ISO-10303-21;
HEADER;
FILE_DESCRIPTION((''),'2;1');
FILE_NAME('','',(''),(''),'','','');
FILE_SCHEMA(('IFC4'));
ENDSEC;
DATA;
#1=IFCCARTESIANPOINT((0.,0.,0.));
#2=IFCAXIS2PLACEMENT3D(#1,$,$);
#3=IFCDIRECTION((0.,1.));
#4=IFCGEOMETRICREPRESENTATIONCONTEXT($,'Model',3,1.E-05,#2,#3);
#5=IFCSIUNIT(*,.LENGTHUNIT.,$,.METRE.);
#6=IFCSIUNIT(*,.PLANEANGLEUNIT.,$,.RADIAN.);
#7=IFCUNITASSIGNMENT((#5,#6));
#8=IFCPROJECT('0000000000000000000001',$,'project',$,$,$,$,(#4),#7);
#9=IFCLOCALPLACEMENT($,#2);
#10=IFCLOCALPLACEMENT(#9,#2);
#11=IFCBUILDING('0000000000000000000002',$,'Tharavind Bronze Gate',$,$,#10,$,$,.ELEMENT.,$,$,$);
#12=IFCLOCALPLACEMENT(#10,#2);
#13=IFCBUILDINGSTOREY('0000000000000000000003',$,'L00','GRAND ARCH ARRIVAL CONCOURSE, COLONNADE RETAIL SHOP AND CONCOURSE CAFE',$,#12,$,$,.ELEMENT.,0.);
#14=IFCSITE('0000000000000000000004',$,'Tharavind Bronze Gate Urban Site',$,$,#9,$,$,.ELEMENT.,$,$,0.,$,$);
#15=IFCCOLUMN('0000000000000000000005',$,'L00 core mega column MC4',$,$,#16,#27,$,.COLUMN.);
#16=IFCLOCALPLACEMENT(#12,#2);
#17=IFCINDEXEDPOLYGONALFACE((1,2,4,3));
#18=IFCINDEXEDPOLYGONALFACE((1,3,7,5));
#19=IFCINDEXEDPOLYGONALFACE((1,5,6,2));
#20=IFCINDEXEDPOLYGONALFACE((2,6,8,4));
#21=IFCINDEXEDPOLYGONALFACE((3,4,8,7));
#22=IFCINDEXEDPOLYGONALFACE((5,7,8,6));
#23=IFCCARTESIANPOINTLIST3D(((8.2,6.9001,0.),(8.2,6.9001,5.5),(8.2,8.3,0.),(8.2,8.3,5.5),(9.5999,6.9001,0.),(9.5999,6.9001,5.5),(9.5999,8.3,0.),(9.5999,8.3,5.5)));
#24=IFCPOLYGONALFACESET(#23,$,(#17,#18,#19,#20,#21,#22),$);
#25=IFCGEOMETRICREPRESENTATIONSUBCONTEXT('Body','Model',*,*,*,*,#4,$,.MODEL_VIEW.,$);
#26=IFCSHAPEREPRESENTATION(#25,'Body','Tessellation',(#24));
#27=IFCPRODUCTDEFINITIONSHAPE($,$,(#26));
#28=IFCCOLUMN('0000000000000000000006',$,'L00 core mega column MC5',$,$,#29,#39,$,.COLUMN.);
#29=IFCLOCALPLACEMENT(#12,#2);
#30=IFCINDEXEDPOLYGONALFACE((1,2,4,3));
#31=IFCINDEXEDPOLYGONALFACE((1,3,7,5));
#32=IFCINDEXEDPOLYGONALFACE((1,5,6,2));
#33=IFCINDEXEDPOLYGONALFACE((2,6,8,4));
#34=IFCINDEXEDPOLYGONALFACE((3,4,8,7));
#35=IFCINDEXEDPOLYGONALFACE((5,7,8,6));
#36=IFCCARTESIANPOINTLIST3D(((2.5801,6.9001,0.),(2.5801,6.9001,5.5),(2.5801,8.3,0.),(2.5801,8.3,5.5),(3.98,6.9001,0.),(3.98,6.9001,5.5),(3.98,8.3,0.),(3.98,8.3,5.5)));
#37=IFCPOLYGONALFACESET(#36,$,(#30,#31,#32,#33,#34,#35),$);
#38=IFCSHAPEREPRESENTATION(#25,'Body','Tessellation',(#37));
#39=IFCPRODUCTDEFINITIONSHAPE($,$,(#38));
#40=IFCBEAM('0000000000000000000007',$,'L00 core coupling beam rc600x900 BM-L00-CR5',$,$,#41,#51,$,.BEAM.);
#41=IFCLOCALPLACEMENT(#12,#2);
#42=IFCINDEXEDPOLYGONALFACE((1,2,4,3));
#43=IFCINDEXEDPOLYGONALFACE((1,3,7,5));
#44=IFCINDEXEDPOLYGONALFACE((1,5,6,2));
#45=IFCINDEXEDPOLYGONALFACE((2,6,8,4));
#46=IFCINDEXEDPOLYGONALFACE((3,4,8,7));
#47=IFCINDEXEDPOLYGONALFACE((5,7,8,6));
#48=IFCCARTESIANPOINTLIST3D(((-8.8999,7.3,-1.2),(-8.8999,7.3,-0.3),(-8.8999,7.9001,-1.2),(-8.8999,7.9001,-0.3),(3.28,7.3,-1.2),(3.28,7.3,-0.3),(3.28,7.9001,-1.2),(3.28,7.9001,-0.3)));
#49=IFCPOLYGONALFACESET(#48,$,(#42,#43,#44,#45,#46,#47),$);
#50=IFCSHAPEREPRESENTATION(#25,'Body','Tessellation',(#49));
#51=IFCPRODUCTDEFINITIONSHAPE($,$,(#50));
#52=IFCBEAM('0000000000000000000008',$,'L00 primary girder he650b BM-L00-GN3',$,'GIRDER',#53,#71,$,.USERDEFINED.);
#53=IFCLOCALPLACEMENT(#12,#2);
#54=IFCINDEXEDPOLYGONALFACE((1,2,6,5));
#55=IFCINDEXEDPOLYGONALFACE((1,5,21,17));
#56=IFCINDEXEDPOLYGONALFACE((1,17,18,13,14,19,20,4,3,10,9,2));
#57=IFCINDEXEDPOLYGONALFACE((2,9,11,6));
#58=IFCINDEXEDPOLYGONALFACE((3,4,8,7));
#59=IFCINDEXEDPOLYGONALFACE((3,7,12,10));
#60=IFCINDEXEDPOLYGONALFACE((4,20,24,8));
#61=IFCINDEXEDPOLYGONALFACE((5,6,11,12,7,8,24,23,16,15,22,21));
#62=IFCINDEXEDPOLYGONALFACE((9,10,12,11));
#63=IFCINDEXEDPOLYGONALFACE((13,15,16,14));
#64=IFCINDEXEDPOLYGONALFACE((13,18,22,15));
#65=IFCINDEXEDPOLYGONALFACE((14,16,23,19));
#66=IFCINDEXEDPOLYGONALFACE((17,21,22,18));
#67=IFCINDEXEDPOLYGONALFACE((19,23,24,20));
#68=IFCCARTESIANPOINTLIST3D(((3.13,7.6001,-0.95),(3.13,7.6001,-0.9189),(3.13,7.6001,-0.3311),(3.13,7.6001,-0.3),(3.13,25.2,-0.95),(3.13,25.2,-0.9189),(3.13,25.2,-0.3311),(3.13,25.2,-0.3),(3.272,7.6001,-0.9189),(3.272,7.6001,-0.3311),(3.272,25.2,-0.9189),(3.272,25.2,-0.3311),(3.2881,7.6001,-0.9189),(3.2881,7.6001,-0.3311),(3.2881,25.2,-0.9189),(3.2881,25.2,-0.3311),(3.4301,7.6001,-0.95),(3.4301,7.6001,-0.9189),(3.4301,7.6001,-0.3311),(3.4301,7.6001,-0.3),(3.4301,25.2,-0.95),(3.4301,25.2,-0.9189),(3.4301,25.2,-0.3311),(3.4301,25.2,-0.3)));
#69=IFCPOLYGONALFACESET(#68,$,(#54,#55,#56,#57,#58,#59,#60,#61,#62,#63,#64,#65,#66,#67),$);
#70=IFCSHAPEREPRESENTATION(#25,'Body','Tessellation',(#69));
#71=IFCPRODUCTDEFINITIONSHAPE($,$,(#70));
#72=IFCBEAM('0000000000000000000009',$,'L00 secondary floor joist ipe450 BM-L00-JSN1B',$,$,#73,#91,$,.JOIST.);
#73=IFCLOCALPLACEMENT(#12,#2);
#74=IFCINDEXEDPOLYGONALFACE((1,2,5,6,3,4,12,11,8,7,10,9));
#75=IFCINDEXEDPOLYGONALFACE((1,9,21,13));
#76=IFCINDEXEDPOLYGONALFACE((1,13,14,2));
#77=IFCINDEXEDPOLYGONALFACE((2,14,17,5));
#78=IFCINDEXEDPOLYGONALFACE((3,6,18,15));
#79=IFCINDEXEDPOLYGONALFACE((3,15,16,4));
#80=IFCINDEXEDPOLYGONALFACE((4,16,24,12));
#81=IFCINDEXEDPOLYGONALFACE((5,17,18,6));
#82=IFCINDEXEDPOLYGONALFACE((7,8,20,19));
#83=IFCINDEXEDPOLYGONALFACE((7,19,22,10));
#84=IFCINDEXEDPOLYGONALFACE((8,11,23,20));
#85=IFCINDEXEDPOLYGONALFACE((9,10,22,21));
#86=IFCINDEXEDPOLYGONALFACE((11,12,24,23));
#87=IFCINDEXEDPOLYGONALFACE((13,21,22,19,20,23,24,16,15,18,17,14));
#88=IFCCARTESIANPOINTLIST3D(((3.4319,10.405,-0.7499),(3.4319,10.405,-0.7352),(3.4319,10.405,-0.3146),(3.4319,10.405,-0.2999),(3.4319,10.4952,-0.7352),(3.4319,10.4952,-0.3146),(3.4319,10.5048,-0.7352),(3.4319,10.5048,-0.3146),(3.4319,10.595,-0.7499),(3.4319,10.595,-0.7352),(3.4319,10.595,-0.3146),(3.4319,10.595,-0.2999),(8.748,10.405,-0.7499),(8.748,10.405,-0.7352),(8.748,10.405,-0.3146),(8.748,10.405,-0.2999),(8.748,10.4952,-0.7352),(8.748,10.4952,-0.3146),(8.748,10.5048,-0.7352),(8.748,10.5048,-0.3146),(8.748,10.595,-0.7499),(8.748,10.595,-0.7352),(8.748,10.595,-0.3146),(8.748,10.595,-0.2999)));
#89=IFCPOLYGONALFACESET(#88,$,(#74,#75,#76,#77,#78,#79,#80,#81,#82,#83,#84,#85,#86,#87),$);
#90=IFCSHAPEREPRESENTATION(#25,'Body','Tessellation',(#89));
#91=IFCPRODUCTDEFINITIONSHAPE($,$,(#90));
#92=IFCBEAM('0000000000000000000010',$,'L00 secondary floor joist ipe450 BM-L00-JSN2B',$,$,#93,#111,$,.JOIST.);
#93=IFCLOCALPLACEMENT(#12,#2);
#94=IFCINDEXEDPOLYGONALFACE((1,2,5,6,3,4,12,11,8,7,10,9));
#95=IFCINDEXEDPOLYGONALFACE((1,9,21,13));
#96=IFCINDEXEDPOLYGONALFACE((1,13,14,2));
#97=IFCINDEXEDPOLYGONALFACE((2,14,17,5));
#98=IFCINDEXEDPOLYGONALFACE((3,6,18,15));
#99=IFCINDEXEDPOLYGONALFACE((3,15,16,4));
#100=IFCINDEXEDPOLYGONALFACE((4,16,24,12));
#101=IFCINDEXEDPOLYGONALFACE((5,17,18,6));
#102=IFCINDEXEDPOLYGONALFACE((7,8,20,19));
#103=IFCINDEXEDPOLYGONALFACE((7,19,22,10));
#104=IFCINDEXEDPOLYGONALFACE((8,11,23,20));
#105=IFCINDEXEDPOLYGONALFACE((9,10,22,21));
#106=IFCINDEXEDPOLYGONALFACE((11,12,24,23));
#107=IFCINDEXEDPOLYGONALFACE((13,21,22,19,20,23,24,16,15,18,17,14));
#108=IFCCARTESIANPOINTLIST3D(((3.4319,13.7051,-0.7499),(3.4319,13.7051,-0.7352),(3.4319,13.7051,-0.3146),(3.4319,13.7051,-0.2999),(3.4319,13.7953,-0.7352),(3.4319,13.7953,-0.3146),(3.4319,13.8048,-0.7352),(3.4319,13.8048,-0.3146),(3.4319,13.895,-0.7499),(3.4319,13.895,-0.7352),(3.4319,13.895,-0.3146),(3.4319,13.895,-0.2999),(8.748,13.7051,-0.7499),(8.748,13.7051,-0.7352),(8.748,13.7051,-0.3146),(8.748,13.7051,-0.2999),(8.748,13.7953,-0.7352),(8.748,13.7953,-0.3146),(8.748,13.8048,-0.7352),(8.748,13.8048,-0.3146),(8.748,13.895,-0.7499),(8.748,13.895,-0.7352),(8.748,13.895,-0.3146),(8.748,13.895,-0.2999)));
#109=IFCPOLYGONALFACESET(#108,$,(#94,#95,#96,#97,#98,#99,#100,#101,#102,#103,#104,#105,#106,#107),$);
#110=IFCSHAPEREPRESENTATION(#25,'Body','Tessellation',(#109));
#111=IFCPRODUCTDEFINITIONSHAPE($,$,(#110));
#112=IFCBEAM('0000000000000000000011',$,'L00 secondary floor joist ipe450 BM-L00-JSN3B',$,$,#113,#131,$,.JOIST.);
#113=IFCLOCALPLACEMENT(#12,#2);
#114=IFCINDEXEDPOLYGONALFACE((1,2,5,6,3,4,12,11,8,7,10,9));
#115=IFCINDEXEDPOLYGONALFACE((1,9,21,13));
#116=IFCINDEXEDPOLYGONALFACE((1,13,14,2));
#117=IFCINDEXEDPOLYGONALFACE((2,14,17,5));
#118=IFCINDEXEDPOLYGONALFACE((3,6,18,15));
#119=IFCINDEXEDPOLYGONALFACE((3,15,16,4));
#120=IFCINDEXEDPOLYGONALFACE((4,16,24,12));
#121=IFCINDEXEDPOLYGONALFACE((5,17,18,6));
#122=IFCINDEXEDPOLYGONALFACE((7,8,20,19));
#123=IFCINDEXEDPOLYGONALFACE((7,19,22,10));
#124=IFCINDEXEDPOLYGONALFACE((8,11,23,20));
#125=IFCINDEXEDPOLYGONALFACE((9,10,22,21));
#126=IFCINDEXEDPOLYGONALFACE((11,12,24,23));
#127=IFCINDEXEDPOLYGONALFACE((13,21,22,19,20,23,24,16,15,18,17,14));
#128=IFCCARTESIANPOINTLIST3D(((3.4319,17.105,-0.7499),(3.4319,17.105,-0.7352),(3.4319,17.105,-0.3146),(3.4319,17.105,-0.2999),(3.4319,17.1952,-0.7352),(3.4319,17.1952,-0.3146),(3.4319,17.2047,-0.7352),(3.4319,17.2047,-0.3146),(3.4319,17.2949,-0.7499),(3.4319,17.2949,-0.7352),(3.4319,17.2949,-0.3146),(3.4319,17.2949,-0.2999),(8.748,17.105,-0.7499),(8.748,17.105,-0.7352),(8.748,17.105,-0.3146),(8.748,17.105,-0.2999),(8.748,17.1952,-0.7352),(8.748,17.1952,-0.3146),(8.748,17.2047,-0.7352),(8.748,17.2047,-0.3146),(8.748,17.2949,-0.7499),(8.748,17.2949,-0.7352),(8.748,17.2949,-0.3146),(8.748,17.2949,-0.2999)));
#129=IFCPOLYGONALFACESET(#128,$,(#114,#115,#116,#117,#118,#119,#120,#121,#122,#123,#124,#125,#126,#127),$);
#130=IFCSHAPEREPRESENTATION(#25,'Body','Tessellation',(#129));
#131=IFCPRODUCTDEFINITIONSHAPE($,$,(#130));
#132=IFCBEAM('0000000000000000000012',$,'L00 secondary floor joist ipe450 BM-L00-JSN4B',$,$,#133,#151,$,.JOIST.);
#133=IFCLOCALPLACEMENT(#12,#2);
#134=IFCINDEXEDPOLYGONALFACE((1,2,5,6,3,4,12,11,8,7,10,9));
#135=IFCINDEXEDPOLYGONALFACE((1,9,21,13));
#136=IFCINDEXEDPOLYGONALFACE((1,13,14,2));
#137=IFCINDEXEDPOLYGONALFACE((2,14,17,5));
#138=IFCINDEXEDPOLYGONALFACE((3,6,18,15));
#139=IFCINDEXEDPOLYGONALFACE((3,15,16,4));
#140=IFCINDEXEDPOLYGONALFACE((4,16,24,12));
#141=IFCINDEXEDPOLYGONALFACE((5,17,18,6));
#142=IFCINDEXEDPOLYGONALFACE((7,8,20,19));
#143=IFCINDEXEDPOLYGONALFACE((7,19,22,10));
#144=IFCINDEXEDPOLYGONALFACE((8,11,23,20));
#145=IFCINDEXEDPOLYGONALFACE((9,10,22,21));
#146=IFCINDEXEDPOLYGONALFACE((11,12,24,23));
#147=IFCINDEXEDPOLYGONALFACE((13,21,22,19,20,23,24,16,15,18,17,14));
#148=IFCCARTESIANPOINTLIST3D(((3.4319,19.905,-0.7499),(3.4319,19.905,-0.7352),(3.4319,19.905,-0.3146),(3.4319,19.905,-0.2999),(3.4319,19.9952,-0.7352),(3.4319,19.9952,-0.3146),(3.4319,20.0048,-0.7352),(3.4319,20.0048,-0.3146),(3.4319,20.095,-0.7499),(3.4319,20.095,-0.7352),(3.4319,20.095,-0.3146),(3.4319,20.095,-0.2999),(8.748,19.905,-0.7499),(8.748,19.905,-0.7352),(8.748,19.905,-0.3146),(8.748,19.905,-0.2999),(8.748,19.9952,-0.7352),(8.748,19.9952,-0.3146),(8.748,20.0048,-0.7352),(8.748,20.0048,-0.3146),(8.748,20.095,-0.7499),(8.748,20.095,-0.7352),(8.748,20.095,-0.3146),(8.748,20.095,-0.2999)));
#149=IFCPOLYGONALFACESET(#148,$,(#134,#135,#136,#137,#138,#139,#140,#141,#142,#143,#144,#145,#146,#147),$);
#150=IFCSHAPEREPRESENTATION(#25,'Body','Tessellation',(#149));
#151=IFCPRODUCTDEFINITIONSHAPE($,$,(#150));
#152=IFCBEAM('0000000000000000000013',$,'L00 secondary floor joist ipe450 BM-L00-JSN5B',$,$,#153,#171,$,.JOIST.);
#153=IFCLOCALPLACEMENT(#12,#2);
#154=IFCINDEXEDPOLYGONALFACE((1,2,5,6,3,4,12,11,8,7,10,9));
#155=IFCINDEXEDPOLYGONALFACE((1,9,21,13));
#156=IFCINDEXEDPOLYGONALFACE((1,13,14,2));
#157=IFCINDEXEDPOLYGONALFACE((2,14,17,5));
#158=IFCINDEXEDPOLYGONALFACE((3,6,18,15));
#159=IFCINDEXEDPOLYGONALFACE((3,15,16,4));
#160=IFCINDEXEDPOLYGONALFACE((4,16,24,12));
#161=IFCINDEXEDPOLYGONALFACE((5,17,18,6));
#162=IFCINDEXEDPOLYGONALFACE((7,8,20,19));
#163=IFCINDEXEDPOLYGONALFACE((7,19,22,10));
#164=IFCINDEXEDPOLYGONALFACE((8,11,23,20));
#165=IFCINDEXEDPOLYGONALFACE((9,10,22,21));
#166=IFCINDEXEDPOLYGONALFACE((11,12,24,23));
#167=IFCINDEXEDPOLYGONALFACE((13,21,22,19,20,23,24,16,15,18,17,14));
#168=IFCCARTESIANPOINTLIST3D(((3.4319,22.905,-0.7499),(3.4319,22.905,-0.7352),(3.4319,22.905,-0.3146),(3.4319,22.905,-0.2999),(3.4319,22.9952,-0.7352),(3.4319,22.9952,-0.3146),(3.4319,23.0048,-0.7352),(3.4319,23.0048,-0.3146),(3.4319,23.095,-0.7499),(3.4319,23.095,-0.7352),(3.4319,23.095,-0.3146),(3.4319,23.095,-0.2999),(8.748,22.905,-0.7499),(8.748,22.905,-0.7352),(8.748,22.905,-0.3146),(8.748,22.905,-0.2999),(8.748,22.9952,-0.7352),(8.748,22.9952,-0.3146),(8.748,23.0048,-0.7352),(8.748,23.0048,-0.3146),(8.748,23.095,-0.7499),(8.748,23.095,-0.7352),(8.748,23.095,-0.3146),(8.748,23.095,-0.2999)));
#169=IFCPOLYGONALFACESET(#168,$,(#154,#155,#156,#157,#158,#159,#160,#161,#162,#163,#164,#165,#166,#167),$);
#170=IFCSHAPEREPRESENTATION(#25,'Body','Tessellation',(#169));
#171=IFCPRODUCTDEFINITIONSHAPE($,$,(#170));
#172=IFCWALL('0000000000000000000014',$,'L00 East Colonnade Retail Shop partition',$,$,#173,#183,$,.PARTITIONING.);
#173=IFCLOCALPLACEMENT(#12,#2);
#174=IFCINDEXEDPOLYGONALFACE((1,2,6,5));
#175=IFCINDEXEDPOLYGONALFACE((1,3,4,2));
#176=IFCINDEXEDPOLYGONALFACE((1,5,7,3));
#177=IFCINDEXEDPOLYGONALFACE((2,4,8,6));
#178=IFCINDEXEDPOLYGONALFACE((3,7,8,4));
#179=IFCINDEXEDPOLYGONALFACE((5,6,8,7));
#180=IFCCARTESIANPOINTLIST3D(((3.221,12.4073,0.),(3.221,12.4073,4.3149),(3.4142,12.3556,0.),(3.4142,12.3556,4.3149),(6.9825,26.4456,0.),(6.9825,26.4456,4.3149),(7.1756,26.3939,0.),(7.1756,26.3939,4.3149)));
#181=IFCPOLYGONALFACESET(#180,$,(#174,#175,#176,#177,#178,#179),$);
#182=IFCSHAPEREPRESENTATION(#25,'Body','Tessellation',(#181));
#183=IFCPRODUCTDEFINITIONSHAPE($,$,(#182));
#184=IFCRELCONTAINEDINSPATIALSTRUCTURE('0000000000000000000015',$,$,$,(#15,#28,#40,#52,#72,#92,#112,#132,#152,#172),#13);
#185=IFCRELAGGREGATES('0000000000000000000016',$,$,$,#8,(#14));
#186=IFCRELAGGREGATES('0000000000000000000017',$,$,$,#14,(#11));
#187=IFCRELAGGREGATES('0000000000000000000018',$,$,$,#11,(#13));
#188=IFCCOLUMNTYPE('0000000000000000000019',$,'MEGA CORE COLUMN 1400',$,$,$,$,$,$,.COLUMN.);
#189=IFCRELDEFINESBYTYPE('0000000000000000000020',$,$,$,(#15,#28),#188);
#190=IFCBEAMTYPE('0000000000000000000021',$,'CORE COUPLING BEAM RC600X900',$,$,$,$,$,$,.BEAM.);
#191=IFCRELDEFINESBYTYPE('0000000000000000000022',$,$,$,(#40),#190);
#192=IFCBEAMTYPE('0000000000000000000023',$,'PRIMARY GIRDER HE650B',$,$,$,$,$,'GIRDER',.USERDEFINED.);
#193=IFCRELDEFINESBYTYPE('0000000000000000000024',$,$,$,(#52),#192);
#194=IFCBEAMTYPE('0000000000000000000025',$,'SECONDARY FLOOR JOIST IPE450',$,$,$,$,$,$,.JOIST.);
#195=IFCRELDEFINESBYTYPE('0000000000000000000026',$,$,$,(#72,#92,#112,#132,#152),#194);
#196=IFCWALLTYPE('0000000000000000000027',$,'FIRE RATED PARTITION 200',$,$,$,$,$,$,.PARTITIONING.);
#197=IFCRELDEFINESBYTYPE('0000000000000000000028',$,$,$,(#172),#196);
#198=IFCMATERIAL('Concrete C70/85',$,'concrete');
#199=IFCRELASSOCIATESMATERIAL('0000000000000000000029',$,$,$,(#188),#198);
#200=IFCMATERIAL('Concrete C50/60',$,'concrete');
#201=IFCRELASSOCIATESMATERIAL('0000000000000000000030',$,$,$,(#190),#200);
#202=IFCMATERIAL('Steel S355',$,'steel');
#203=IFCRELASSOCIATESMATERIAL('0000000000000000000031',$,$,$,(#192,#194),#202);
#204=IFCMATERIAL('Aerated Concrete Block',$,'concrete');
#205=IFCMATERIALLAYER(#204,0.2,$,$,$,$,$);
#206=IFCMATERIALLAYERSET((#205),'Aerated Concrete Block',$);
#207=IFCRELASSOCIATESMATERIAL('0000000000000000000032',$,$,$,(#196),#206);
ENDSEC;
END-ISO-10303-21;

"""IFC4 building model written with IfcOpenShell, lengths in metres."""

from ifc_helpers import new_model, si_unit, direction, frame, frame_2d, origin, origin_2d, place, context, subcontext, project, spatial, rectangle, i_section, extrude, material, layer, layer_set, material_profile, profile_set, type_object, element, save


model = new_model("IFC4")

# Units and contexts
model_context = context("Model", 3, precision=1e-05, world=origin(), true_north=direction((0.0, 1.0)))
body_context = subcontext(model_context, "Body", "Model", "MODEL_VIEW")
ifc_project = project(units=[si_unit("LENGTHUNIT", "METRE"), si_unit("PLANEANGLEUNIT", "RADIAN")], contexts=[model_context])

# Site, building, storey
site_placement = place(None, origin())
site = spatial("IfcSite", under=ifc_project, at=site_placement, Name="Tharavind Bronze Gate Urban Site", CompositionType="ELEMENT", RefElevation=0.0)
building_placement = place(site_placement, origin())
building = spatial("IfcBuilding", under=site, at=building_placement, Name="Tharavind Bronze Gate", CompositionType="ELEMENT")
storey_placement = place(building_placement, origin())
storey = spatial("IfcBuildingStorey", under=building, at=storey_placement, Name="L00", Description="GRAND ARCH ARRIVAL CONCOURSE, COLONNADE RETAIL SHOP AND CONCOURSE CAFE", CompositionType="ELEMENT", Elevation=0.0)

# Columns
ifc_material_1 = material(Name="Concrete C70/85", Category="concrete")
ifc_material_profile_1 = material_profile(ifc_material_1, rectangle(XDim=1.3999, YDim=1.3999, at=origin_2d()), Name="RCCOL1400")
ifc_profile_set_1 = profile_set([ifc_material_profile_1], Name="Concrete C70/85")
column_type = type_object("IfcColumnType", Name="MEGA CORE COLUMN 1400", PredefinedType="COLUMN", material=ifc_profile_set_1)
for number, where, z_axis, x_axis, name in (
    (1, (8.8999, 7.6001, 0.0), (0.0, 0.0, 1.0), (1.0, 0.0, 0.0), "L00 core mega column MC4"),
    (2, (3.28, 7.6001, 0.0), (0.0, 0.0, 1.0), (1.0, 0.0, 0.0), "L00 core mega column MC5"),
):
    element("IfcColumn", number, at=place(storey_placement, frame(where, z_axis=z_axis, x_axis=x_axis)), inside=storey, type_object=column_type, Name=name, PredefinedType="COLUMN", context=body_context, shape_type="SweptSolid", body=[
        extrude(rectangle(XDim=1.3999, YDim=1.3999, at=origin_2d()), origin(), (0.0, 0.0, 1.0), 5.5),
    ])

# Beams
ifc_material_2 = material(Name="Concrete C50/60", Category="concrete")
ifc_material_profile_2 = material_profile(ifc_material_2, rectangle(XDim=0.6001, YDim=0.8999, at=origin_2d()), Name="RCBM600X900")
ifc_profile_set_2 = profile_set([ifc_material_profile_2], Name="Concrete C50/60")
beam_type_1 = type_object("IfcBeamType", Name="CORE COUPLING BEAM RC600X900", PredefinedType="BEAM", material=ifc_profile_set_2)
beam_1_placement = place(storey_placement, frame((3.28, 7.6001, -0.75), z_axis=(-1.0, 0.0, 0.0), x_axis=(0.0, -1.0, 0.0)))
element("IfcBeam", 3, at=beam_1_placement, inside=storey, type_object=beam_type_1, Name="L00 core coupling beam rc600x900 BM-L00-CR5", PredefinedType="BEAM", context=body_context, shape_type="SweptSolid", body=[
    extrude(rectangle(XDim=0.6001, YDim=0.8999, at=origin_2d()), origin(), (0.0, 0.0, 1.0), 12.1799),
])
ifc_material_3 = material(Name="Steel S355", Category="steel")
ifc_material_profile_3 = material_profile(ifc_material_3, i_section(OverallWidth=0.3, OverallDepth=0.6499, WebThickness=0.0161, FlangeThickness=0.031, at=origin_2d()), Name="HE650B")
ifc_profile_set_3 = profile_set([ifc_material_profile_3], Name="Steel S355")
beam_type_2 = type_object("IfcBeamType", Name="PRIMARY GIRDER HE650B", ElementType="GIRDER", PredefinedType="USERDEFINED", material=ifc_profile_set_3)
beam_2_placement = place(storey_placement, frame((3.28, 25.2, -0.625), z_axis=(0.0, -1.0, 0.0), x_axis=(1.0, 0.0, 0.0)))
element("IfcBeam", 4, at=beam_2_placement, inside=storey, type_object=beam_type_2, Name="L00 primary girder he650b BM-L00-GN3", ObjectType="GIRDER", PredefinedType="USERDEFINED", context=body_context, shape_type="SweptSolid", body=[
    extrude(i_section(OverallWidth=0.3, OverallDepth=0.6499, WebThickness=0.0161, FlangeThickness=0.031, at=origin_2d()), origin(), (0.0, 0.0, 1.0), 17.5999),
])
ifc_material_profile_4 = material_profile(ifc_material_3, i_section(OverallWidth=0.1899, OverallDepth=0.45, WebThickness=0.0095, FlangeThickness=0.0146, at=origin_2d()), Name="IPE450")
ifc_profile_set_4 = profile_set([ifc_material_profile_4], Name="Steel S355")
beam_type_3 = type_object("IfcBeamType", Name="SECONDARY FLOOR JOIST IPE450", PredefinedType="JOIST", material=ifc_profile_set_4)
for number, where, z_axis, x_axis, name in (
    (5, (3.4319, 10.5, -0.5249), (1.0, 0.0, 0.0), (0.0, 1.0, 0.0), "L00 secondary floor joist ipe450 BM-L00-JSN1B"),
    (6, (3.4319, 13.8, -0.5249), (1.0, 0.0, 0.0), (0.0, 1.0, 0.0), "L00 secondary floor joist ipe450 BM-L00-JSN2B"),
    (7, (3.4319, 17.2, -0.5249), (1.0, 0.0, 0.0), (0.0, 1.0, 0.0), "L00 secondary floor joist ipe450 BM-L00-JSN3B"),
    (8, (3.4319, 20.0, -0.5249), (1.0, 0.0, 0.0), (0.0, 1.0, 0.0), "L00 secondary floor joist ipe450 BM-L00-JSN4B"),
    (9, (3.4319, 23.0, -0.5249), (1.0, 0.0, 0.0), (0.0, 1.0, 0.0), "L00 secondary floor joist ipe450 BM-L00-JSN5B"),
):
    element("IfcBeam", number, at=place(storey_placement, frame(where, z_axis=z_axis, x_axis=x_axis)), inside=storey, type_object=beam_type_3, Name=name, PredefinedType="JOIST", context=body_context, shape_type="SweptSolid", body=[
        extrude(i_section(OverallWidth=0.1899, OverallDepth=0.45, WebThickness=0.0095, FlangeThickness=0.0146, at=origin_2d()), origin(), (0.0, 0.0, 1.0), 5.3162),
    ])

# Wall
ifc_material_4 = material(Name="Aerated Concrete Block", Category="concrete")
ifc_layer_1 = layer(ifc_material_4, 0.2)
ifc_layer_set_1 = layer_set([ifc_layer_1], Name="Aerated Concrete Block")
wall_type_1 = type_object("IfcWallType", Name="FIRE RATED PARTITION 200", PredefinedType="PARTITIONING", material=ifc_layer_set_1)
wall_1_placement = place(storey_placement, frame((3.3176, 12.3816, 0.0), z_axis=(0.0, 0.0, 1.0), x_axis=(0.258814, 0.965927, 0.0)))
element("IfcWall", 10, at=wall_1_placement, inside=storey, type_object=wall_type_1, Name="L00 East Colonnade Retail Shop partition", PredefinedType="PARTITIONING", context=body_context, shape_type="SweptSolid", body=[
    extrude(rectangle(XDim=14.5334, YDim=0.2, at=frame_2d((7.2666, 0.0))), origin(), (0.0, 0.0, 1.0), 4.3149),
])

save(model, "model.ifc")
